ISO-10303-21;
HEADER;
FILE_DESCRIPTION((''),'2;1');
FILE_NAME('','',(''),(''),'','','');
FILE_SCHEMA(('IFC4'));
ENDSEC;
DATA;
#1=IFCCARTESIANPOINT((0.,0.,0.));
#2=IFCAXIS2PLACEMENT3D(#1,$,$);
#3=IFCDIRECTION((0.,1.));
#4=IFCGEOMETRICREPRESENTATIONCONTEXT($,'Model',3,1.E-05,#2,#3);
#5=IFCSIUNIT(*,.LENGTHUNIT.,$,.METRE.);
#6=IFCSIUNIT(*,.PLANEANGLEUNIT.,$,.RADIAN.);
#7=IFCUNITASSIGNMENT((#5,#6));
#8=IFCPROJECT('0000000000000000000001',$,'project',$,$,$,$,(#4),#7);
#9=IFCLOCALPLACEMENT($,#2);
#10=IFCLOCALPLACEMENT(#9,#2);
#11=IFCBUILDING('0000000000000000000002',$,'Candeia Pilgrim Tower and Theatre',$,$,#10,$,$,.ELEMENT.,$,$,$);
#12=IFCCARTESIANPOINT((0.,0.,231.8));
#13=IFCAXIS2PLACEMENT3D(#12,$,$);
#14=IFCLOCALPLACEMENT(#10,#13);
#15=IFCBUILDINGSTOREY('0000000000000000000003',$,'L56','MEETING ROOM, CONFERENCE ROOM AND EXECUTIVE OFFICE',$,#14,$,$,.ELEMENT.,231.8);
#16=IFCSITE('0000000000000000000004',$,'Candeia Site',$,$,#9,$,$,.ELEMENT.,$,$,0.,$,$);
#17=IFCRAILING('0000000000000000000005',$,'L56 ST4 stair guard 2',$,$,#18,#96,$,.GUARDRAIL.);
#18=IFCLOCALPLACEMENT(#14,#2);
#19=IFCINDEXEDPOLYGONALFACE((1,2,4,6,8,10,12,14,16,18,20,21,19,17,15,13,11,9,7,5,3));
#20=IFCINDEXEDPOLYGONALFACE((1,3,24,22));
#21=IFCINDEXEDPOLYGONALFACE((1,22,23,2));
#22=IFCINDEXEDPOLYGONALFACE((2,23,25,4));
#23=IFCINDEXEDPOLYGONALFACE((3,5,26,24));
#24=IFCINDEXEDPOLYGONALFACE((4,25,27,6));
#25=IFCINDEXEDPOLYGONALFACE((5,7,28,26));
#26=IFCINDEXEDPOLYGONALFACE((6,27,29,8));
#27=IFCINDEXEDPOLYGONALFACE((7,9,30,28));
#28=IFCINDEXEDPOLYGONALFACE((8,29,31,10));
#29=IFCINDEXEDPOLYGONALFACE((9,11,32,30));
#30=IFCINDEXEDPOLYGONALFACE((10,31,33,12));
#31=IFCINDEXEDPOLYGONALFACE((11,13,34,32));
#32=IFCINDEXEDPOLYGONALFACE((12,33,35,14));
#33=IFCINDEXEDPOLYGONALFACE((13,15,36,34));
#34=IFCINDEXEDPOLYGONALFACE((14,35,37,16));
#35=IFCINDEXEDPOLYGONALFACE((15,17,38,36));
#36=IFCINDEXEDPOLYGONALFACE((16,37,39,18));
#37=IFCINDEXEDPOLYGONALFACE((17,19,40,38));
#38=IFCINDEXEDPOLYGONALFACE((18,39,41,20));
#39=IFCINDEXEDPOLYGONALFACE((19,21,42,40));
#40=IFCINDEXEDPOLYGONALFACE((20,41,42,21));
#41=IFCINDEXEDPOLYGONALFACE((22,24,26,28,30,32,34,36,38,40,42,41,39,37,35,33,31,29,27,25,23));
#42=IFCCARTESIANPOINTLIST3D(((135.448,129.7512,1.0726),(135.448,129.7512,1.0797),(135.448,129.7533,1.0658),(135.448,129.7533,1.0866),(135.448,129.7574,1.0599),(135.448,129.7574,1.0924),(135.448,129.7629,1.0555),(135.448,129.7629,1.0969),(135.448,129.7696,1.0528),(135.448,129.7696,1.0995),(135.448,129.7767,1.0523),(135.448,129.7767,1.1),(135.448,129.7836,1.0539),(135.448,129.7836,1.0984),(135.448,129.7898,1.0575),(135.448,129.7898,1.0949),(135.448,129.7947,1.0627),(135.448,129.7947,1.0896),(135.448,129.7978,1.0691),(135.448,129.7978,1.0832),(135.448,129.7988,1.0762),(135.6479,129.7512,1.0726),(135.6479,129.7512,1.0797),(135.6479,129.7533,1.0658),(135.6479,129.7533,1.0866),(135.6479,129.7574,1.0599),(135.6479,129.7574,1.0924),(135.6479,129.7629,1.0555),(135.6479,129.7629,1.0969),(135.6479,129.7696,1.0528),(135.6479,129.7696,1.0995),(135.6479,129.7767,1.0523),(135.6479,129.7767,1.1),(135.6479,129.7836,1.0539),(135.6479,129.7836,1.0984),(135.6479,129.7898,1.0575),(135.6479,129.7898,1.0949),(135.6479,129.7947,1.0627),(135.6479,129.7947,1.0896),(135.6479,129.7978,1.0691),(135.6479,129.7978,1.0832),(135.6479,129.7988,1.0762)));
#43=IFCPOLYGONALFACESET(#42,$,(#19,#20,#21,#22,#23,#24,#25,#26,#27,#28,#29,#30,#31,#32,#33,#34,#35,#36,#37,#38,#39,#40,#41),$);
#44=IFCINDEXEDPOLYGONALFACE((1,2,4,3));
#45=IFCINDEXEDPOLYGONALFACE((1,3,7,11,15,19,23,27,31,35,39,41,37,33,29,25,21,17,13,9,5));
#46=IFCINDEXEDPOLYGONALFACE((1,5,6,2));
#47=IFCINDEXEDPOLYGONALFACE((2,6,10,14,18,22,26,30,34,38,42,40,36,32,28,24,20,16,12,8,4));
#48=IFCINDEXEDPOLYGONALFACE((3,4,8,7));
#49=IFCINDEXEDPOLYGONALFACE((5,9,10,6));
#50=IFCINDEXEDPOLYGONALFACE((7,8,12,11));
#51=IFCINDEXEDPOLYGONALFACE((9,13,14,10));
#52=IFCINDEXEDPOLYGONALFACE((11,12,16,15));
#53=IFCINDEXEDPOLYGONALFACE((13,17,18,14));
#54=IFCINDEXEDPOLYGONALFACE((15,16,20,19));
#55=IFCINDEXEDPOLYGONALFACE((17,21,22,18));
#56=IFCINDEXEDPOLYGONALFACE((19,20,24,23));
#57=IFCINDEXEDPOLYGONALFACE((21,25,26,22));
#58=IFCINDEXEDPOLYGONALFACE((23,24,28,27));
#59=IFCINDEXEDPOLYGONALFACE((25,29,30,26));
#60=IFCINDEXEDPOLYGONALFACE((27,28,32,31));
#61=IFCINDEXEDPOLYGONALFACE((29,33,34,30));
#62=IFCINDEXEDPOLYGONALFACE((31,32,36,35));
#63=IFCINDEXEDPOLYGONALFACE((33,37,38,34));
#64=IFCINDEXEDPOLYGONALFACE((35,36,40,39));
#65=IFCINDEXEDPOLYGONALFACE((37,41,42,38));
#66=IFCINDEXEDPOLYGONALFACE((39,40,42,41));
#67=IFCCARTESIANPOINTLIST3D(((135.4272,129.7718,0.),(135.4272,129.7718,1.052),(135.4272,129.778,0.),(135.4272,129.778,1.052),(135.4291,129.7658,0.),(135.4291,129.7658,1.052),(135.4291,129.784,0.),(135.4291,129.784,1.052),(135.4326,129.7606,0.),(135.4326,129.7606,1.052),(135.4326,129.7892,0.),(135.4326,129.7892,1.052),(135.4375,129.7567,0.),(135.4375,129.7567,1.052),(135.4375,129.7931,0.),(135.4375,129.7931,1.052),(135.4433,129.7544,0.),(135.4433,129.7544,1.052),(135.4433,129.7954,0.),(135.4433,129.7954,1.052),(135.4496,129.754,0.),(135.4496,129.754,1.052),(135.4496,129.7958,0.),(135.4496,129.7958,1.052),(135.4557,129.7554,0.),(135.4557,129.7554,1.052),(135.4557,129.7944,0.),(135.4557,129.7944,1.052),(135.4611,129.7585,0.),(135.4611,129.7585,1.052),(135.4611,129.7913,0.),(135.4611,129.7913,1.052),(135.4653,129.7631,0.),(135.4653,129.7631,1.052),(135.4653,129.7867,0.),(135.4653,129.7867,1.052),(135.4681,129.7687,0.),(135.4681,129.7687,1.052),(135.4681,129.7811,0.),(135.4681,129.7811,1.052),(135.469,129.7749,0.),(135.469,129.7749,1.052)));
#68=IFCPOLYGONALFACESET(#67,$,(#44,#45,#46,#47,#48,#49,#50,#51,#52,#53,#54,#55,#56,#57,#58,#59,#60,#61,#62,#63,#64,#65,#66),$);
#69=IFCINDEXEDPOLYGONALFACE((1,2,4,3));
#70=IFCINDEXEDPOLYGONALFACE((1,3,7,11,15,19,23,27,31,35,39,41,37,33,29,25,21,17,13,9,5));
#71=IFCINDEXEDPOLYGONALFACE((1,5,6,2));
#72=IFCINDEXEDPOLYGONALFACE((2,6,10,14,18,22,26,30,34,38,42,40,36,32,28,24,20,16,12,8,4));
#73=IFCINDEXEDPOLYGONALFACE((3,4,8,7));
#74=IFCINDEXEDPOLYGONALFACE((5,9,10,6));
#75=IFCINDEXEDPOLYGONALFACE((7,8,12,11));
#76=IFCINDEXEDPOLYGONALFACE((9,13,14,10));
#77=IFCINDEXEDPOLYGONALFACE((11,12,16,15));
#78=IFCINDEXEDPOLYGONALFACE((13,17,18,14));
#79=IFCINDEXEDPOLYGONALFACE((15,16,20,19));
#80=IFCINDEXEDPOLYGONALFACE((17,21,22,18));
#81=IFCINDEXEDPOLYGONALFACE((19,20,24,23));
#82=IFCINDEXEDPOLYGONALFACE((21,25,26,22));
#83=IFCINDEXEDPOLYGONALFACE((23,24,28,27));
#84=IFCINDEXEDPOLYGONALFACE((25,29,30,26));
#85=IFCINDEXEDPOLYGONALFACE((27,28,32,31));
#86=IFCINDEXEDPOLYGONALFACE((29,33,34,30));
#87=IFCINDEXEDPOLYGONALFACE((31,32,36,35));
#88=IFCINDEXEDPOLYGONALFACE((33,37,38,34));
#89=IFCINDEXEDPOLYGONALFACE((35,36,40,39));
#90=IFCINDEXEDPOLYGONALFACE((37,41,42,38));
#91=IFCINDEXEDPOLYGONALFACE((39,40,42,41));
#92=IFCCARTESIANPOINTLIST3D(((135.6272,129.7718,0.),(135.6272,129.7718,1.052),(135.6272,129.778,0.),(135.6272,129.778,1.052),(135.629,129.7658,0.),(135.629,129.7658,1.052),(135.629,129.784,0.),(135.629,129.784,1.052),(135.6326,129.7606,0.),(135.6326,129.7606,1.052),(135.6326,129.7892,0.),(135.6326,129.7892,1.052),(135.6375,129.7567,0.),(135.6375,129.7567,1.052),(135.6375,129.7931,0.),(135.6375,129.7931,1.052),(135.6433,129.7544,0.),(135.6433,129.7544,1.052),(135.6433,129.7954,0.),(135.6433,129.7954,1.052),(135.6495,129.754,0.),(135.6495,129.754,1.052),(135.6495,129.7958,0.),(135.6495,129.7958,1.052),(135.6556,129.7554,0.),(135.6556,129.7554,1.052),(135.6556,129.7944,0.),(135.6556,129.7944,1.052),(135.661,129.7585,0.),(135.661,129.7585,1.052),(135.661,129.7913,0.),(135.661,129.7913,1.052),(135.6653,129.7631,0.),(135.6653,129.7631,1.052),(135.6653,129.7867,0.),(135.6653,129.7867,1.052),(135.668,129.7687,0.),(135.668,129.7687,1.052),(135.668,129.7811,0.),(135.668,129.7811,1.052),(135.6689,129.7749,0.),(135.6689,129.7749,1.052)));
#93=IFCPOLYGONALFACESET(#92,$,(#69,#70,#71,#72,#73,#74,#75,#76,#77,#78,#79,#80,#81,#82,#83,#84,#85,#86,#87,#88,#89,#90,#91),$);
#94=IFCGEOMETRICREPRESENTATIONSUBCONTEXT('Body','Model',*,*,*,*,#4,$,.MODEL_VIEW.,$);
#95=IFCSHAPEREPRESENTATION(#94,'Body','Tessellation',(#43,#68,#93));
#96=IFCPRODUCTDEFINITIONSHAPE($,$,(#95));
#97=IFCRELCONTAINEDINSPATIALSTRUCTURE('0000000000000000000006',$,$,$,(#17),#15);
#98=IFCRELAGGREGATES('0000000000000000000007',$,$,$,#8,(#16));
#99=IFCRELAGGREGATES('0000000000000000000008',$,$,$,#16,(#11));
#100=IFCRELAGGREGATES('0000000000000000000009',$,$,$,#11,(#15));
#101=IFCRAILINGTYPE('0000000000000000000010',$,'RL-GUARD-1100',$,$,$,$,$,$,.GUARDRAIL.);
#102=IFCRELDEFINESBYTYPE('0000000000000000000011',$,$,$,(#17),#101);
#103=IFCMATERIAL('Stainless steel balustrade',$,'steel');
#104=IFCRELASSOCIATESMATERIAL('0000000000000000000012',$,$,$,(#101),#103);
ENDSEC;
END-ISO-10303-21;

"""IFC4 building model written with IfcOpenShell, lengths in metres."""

from ifc_helpers import new_model, si_unit, direction, frame, origin, origin_2d, place, context, subcontext, project, spatial, circle, extrude, material, type_object, element, save


model = new_model("IFC4")

# Units and contexts
model_context = context("Model", 3, precision=1e-05, world=origin(), true_north=direction((0.0, 1.0)))
body_context = subcontext(model_context, "Body", "Model", "MODEL_VIEW")
ifc_project = project(units=[si_unit("LENGTHUNIT", "METRE"), si_unit("PLANEANGLEUNIT", "RADIAN")], contexts=[model_context])

# Site, building, storey
site_placement = place(None, origin())
site = spatial("IfcSite", under=ifc_project, at=site_placement, Name="Candeia Site", CompositionType="ELEMENT", RefElevation=0.0)
building_placement = place(site_placement, origin())
building = spatial("IfcBuilding", under=site, at=building_placement, Name="Candeia Pilgrim Tower and Theatre", CompositionType="ELEMENT")
storey_placement = place(building_placement, frame((0.0, 0.0, 231.8)))
storey = spatial("IfcBuildingStorey", under=building, at=storey_placement, Name="L56", Description="MEETING ROOM, CONFERENCE ROOM AND EXECUTIVE OFFICE", CompositionType="ELEMENT", Elevation=231.8)

# Railing
ifc_material_1 = material(Name="Stainless steel balustrade", Category="steel")
railing_type_1 = type_object("IfcRailingType", Name="RL-GUARD-1100", PredefinedType="GUARDRAIL", material=ifc_material_1)
railing_1_placement = place(storey_placement, frame((135.448, 129.7749, 0.0)))
element("IfcRailing", 1, at=railing_1_placement, inside=storey, type_object=railing_type_1, Name="L56 ST4 stair guard 2", PredefinedType="GUARDRAIL", context=body_context, shape_type="SweptSolid", body=[
    extrude(circle(Radius=0.0239, at=origin_2d()), frame((0.0, 0.0, 1.0762), z_axis=(1.0, 0.0, 0.0), x_axis=(0.0, 1.0, 0.0)), (0.0, 0.0, 1.0), 0.2),
    extrude(circle(Radius=0.021, at=origin_2d()), origin(), (0.0, 0.0, 1.0), 1.052),
    extrude(circle(Radius=0.021, at=origin_2d()), frame((0.2, 0.0, 0.0)), (0.0, 0.0, 1.0), 1.052),
])

save(model, "model.ifc")
